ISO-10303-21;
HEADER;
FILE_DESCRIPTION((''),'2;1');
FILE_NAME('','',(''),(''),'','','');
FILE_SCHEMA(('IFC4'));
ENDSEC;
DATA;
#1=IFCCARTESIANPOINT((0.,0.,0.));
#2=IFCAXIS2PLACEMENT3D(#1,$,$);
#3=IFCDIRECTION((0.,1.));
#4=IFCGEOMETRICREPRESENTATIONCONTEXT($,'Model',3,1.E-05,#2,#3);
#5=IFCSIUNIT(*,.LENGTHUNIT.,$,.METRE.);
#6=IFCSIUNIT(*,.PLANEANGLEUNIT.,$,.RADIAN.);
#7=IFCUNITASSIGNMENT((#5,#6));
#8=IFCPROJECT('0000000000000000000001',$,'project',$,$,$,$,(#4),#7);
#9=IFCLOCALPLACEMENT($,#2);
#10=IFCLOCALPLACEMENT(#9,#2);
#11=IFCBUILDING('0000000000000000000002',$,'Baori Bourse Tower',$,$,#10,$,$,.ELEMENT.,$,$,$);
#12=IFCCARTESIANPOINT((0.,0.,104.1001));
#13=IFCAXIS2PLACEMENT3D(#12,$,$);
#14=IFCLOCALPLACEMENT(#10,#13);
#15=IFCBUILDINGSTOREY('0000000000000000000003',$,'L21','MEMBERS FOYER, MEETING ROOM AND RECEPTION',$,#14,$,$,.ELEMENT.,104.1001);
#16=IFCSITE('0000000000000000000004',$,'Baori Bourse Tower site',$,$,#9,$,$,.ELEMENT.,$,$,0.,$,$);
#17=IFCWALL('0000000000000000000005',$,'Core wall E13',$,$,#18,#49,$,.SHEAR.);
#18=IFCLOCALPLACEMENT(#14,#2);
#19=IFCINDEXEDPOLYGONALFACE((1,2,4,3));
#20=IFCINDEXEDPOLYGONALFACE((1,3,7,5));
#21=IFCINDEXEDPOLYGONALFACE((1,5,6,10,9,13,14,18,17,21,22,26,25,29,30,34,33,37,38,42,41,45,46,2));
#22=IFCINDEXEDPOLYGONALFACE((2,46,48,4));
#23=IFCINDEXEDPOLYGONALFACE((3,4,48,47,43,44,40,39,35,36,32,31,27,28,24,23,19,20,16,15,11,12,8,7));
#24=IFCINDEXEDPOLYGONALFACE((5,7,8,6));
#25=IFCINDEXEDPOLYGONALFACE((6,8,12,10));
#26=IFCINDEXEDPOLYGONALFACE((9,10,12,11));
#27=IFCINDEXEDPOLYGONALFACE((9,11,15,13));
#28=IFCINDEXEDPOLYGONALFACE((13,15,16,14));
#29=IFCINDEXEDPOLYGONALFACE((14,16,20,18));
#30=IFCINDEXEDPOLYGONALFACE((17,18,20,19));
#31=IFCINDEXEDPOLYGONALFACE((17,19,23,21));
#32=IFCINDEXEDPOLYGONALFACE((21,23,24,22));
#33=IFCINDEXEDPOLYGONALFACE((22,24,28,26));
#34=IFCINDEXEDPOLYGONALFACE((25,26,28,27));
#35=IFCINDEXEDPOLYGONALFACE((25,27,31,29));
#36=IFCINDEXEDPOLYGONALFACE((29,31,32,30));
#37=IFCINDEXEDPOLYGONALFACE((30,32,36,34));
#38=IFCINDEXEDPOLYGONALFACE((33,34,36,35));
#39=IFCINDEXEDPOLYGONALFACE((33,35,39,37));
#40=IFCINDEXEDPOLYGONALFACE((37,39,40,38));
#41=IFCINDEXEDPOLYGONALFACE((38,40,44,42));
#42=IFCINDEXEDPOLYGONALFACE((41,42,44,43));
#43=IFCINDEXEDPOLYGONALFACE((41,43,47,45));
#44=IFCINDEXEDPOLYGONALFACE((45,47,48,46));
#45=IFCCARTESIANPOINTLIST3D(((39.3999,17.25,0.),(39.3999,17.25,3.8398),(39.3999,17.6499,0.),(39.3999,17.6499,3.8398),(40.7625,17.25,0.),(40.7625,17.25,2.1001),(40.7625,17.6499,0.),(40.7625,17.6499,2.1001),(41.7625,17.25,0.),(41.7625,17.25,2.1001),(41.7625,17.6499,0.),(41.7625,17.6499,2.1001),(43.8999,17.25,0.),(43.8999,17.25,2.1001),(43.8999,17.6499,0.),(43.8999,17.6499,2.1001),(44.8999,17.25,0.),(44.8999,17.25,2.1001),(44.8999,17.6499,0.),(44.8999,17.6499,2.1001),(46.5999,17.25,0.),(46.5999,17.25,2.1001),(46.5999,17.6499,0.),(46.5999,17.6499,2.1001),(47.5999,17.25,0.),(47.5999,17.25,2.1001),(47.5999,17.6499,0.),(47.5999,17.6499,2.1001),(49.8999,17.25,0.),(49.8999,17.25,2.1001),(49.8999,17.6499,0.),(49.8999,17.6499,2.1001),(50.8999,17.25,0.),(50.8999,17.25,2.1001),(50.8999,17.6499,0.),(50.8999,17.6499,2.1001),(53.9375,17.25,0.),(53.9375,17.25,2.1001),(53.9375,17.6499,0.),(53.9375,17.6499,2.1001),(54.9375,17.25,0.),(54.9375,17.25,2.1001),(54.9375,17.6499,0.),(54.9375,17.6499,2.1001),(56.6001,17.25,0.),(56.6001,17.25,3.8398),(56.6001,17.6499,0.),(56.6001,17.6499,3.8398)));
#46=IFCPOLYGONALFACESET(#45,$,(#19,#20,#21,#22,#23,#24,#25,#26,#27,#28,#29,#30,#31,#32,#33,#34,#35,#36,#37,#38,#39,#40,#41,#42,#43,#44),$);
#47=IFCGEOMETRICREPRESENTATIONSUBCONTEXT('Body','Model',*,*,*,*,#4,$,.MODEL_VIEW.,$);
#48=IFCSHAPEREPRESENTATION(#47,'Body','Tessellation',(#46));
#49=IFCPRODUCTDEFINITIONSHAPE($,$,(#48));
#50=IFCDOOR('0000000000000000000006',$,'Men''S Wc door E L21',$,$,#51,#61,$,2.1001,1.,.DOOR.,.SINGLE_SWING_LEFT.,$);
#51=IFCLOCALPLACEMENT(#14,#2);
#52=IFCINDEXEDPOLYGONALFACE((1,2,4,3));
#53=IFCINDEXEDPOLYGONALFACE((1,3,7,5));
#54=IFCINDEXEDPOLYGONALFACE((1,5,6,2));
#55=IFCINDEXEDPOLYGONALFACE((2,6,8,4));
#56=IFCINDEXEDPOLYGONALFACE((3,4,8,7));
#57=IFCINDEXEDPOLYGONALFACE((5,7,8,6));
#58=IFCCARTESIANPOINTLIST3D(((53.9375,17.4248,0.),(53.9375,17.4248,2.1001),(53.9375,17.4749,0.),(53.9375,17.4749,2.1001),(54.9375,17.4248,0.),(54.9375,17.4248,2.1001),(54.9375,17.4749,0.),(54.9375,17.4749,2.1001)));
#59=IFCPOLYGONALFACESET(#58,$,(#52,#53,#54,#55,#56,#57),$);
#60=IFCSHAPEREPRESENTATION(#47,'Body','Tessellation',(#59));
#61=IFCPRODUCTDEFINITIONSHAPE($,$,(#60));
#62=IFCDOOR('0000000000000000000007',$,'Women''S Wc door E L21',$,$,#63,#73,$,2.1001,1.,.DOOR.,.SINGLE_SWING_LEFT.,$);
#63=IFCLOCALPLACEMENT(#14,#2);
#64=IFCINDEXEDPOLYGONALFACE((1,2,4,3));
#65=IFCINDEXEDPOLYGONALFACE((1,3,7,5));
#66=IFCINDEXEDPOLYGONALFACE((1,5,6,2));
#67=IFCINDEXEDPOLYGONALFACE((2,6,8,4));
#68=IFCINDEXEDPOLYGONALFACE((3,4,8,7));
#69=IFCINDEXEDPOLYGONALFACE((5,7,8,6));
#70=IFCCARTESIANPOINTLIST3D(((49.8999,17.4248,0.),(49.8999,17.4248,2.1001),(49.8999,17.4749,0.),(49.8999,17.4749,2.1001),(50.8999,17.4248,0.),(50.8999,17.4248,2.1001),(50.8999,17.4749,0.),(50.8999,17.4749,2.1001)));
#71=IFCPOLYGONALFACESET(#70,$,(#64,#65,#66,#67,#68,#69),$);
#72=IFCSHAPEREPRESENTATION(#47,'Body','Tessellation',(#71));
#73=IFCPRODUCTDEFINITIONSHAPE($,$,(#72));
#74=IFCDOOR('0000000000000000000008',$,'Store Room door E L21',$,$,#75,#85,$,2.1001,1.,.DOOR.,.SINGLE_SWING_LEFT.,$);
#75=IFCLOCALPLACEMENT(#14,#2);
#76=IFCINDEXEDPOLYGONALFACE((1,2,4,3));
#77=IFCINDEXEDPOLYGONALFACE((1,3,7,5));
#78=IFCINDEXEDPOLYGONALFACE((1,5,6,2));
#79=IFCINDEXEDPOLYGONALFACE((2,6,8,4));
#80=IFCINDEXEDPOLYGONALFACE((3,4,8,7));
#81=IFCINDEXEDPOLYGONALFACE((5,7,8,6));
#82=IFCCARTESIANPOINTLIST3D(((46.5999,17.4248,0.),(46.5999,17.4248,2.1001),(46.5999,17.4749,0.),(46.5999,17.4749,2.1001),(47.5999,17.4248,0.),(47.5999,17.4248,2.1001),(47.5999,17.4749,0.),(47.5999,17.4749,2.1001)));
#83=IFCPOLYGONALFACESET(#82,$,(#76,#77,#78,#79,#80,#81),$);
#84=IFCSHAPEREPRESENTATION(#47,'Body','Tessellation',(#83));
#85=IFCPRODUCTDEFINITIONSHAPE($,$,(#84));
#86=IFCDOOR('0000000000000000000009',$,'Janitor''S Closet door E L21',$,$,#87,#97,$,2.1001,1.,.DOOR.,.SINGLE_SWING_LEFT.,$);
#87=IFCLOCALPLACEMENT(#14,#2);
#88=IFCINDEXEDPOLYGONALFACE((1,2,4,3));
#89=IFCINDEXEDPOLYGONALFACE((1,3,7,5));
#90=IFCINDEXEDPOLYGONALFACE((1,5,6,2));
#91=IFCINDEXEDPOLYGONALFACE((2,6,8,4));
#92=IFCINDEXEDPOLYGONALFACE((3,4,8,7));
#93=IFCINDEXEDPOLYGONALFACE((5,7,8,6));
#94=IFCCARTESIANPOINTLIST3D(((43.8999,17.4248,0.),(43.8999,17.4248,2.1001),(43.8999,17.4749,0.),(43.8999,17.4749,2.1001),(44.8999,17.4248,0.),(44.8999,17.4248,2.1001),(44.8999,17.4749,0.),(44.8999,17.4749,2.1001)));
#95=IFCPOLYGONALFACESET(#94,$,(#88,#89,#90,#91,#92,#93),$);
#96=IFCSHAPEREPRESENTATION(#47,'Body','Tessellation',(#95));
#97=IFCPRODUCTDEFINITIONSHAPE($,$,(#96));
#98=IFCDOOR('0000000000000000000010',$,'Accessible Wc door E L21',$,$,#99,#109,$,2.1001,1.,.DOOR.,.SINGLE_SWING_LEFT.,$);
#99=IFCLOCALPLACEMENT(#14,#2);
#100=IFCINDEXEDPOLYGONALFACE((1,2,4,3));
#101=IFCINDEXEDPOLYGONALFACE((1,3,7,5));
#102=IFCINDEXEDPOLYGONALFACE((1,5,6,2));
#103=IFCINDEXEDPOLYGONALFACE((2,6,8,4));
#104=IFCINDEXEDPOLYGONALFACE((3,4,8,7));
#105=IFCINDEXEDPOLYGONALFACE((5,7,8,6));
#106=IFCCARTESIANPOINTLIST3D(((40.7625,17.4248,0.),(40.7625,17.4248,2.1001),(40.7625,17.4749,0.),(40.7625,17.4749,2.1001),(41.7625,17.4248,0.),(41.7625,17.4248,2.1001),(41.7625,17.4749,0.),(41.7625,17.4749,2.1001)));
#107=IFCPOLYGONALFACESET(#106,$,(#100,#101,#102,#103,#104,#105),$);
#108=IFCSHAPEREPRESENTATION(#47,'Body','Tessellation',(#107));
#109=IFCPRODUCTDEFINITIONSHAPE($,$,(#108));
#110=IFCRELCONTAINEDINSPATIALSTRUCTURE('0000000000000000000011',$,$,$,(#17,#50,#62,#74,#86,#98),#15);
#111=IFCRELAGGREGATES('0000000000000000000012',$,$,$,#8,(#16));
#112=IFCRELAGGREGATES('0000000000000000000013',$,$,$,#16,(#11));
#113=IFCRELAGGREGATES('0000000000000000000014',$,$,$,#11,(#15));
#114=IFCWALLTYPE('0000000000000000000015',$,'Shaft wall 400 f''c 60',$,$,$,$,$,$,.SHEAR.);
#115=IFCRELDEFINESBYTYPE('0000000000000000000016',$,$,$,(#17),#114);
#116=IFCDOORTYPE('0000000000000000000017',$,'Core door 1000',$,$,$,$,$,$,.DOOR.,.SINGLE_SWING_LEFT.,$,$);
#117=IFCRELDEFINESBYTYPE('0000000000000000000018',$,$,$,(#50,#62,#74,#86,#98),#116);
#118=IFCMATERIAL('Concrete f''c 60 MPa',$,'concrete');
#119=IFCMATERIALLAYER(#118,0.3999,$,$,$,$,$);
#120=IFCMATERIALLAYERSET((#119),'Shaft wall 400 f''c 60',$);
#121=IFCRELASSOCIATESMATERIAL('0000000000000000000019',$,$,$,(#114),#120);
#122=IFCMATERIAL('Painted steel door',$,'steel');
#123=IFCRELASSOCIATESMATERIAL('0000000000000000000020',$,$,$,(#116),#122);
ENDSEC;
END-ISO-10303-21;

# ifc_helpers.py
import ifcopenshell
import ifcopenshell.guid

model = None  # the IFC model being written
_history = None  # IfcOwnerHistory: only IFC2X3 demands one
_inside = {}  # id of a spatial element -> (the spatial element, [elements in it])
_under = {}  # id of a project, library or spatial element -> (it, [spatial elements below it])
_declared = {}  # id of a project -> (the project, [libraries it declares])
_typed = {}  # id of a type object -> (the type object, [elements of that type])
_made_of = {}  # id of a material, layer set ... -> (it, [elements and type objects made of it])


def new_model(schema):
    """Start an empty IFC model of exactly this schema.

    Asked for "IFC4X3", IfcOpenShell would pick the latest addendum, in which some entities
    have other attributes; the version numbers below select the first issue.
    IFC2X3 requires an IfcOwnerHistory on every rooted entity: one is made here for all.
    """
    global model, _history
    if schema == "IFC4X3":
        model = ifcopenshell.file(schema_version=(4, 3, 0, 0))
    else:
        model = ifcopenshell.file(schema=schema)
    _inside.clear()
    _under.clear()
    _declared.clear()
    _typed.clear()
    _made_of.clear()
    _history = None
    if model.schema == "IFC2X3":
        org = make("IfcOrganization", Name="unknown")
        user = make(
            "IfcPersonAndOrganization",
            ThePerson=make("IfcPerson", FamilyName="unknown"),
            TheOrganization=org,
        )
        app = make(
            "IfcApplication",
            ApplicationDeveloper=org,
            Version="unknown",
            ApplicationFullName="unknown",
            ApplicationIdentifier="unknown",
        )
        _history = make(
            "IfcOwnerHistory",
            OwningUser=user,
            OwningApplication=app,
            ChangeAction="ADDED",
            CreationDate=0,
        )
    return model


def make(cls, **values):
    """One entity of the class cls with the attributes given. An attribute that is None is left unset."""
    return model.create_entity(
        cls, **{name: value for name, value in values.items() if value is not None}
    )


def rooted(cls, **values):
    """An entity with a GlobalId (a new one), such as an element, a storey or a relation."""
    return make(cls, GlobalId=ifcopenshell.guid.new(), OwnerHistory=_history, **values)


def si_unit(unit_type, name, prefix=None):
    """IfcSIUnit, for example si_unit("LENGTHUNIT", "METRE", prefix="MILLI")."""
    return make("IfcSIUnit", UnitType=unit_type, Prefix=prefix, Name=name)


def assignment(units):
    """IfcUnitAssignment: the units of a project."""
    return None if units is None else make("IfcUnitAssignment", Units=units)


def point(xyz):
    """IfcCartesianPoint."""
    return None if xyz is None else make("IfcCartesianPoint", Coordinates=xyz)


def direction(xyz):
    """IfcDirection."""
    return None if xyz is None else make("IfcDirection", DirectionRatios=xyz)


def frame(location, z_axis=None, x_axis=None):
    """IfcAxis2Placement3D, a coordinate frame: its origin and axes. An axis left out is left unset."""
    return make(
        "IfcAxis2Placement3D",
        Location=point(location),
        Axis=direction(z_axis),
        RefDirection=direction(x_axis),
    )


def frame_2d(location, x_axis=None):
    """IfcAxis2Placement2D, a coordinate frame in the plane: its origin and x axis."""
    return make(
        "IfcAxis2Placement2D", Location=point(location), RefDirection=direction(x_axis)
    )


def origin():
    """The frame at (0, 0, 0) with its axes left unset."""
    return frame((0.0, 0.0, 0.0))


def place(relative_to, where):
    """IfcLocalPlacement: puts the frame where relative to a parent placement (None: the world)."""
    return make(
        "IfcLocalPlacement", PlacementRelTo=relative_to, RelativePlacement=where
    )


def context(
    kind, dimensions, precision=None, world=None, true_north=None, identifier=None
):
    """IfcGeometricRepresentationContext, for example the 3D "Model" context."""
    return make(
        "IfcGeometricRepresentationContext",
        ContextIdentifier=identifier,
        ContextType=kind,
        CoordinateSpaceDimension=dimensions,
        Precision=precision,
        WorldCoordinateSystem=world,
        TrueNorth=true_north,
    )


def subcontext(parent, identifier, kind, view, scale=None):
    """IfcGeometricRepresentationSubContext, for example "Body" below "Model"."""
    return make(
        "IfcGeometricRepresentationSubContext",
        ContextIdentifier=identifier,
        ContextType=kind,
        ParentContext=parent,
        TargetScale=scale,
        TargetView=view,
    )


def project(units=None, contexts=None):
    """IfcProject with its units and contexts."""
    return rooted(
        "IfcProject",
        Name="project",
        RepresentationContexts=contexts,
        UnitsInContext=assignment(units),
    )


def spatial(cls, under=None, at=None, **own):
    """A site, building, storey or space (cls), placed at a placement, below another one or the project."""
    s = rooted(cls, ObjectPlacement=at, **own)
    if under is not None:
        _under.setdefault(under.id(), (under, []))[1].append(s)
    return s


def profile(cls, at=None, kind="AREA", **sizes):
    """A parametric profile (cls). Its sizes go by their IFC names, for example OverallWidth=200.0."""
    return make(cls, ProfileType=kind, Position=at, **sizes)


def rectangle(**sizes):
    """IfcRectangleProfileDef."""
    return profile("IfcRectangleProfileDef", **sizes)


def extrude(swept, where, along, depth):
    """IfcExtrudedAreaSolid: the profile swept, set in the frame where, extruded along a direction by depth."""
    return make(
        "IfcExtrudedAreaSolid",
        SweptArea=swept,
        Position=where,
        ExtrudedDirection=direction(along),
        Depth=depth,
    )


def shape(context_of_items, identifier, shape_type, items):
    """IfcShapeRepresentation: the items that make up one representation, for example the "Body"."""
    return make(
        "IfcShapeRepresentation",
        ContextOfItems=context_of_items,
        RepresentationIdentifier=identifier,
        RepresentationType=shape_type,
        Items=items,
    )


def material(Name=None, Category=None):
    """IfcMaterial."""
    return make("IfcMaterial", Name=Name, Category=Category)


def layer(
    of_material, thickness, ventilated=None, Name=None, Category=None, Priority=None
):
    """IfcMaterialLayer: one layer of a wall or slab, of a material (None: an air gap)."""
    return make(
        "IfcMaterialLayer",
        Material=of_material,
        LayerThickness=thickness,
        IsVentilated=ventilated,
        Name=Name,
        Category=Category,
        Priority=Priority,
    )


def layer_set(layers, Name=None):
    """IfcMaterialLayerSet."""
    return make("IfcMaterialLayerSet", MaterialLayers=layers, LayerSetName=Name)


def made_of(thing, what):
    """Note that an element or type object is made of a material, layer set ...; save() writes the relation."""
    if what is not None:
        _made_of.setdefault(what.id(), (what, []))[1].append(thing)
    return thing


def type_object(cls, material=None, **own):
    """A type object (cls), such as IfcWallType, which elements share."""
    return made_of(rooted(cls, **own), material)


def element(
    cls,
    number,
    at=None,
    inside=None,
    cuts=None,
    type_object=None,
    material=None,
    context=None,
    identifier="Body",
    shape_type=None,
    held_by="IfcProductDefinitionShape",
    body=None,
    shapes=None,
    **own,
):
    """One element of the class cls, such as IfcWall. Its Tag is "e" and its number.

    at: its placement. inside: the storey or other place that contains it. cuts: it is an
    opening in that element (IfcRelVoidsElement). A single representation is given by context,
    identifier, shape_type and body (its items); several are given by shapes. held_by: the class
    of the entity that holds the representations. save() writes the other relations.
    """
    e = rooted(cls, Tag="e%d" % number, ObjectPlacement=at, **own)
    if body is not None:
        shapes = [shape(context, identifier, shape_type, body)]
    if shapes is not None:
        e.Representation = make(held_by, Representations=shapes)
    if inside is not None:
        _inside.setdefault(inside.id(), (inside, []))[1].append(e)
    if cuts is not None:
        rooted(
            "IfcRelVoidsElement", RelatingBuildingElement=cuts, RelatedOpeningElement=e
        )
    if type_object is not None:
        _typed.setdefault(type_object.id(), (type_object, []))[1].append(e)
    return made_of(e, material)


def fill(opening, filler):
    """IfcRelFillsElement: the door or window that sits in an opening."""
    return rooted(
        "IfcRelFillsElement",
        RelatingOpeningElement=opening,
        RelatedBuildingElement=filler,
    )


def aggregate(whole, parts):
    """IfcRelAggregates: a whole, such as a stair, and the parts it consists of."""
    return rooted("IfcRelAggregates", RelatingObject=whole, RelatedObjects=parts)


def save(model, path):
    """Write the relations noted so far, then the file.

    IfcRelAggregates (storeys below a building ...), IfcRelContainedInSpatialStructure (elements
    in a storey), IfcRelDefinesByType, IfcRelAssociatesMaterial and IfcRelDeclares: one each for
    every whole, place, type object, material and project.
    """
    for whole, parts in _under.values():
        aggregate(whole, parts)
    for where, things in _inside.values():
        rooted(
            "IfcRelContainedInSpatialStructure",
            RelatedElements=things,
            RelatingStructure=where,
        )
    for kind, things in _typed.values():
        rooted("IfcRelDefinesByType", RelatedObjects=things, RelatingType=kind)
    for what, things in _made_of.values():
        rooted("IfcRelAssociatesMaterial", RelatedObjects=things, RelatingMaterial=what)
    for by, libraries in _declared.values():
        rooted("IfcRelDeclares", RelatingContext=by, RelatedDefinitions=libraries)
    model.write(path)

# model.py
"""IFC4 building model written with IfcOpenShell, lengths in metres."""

from ifc_helpers import new_model, si_unit, direction, frame, frame_2d, origin, place, context, subcontext, project, spatial, rectangle, extrude, material, layer, layer_set, type_object, element, fill, save


model = new_model("IFC4")

# Units and contexts
model_context = context("Model", 3, precision=1e-05, world=origin(), true_north=direction((0.0, 1.0)))
body_context = subcontext(model_context, "Body", "Model", "MODEL_VIEW")
ifc_project = project(units=[si_unit("LENGTHUNIT", "METRE"), si_unit("PLANEANGLEUNIT", "RADIAN")], contexts=[model_context])

# Site, building, storey
site_placement = place(None, origin())
site = spatial("IfcSite", under=ifc_project, at=site_placement, Name="Baori Bourse Tower site", CompositionType="ELEMENT", RefElevation=0.0)
building_placement = place(site_placement, origin())
building = spatial("IfcBuilding", under=site, at=building_placement, Name="Baori Bourse Tower", CompositionType="ELEMENT")
storey_placement = place(building_placement, frame((0.0, 0.0, 104.1001)))
storey = spatial("IfcBuildingStorey", under=building, at=storey_placement, Name="L21", Description="MEMBERS FOYER, MEETING ROOM AND RECEPTION", CompositionType="ELEMENT", Elevation=104.1001)

# Shared definitions
ifc_material_1 = material(Name="Concrete f'c 60 MPa", Category="concrete")
ifc_layer_1 = layer(ifc_material_1, 0.3999)
ifc_layer_set_1 = layer_set([ifc_layer_1], Name="Shaft wall 400 f'c 60")
wall_type_1 = type_object("IfcWallType", Name="Shaft wall 400 f'c 60", PredefinedType="SHEAR", material=ifc_layer_set_1)

# Wall, openings, doors
wall_1_placement = place(storey_placement, frame((39.3999, 17.45, 0.0), z_axis=(0.0, 0.0, 1.0), x_axis=(1.0, 0.0, 0.0)))
wall_1 = element("IfcWall", 1, at=wall_1_placement, inside=storey, type_object=wall_type_1, Name="Core wall E13", PredefinedType="SHEAR", context=body_context, shape_type="SweptSolid", body=[
    extrude(rectangle(XDim=17.2002, YDim=0.3999, at=frame_2d((8.6001, 0.0))), origin(), (0.0, 0.0, 1.0), 3.8398),
])
opening_1_placement = place(wall_1_placement, frame((14.5376, 0.0, 0.0)))
opening_1 = element("IfcOpeningElement", 2, at=opening_1_placement, cuts=wall_1, PredefinedType="OPENING", context=body_context, shape_type="SweptSolid", body=[
    extrude(rectangle(XDim=1.0, YDim=2.1001, at=frame_2d((0.5, 1.05))), frame((0.0, 0.21, 0.0), z_axis=(0.0, -1.0, 0.0), x_axis=(1.0, 0.0, 0.0)), (0.0, 0.0, 1.0), 0.4199),
])
opening_2_placement = place(wall_1_placement, frame((10.5, 0.0, 0.0)))
opening_2 = element("IfcOpeningElement", 3, at=opening_2_placement, cuts=wall_1, PredefinedType="OPENING", context=body_context, shape_type="SweptSolid", body=[
    extrude(rectangle(XDim=1.0, YDim=2.1001, at=frame_2d((0.5, 1.05))), frame((0.0, 0.21, 0.0), z_axis=(0.0, -1.0, 0.0), x_axis=(1.0, 0.0, 0.0)), (0.0, 0.0, 1.0), 0.4199),
])
opening_3_placement = place(wall_1_placement, frame((7.2, 0.0, 0.0)))
opening_3 = element("IfcOpeningElement", 4, at=opening_3_placement, cuts=wall_1, PredefinedType="OPENING", context=body_context, shape_type="SweptSolid", body=[
    extrude(rectangle(XDim=1.0, YDim=2.1001, at=frame_2d((0.5, 1.05))), frame((0.0, 0.21, 0.0), z_axis=(0.0, -1.0, 0.0), x_axis=(1.0, 0.0, 0.0)), (0.0, 0.0, 1.0), 0.4199),
])
opening_4_placement = place(wall_1_placement, frame((4.5, 0.0, 0.0)))
opening_4 = element("IfcOpeningElement", 5, at=opening_4_placement, cuts=wall_1, PredefinedType="OPENING", context=body_context, shape_type="SweptSolid", body=[
    extrude(rectangle(XDim=1.0, YDim=2.1001, at=frame_2d((0.5, 1.05))), frame((0.0, 0.21, 0.0), z_axis=(0.0, -1.0, 0.0), x_axis=(1.0, 0.0, 0.0)), (0.0, 0.0, 1.0), 0.4199),
])
opening_5_placement = place(wall_1_placement, frame((1.3625, 0.0, 0.0)))
opening_5 = element("IfcOpeningElement", 6, at=opening_5_placement, cuts=wall_1, PredefinedType="OPENING", context=body_context, shape_type="SweptSolid", body=[
    extrude(rectangle(XDim=1.0, YDim=2.1001, at=frame_2d((0.5, 1.05))), frame((0.0, 0.21, 0.0), z_axis=(0.0, -1.0, 0.0), x_axis=(1.0, 0.0, 0.0)), (0.0, 0.0, 1.0), 0.4199),
])
ifc_material_2 = material(Name="Painted steel door", Category="steel")
door_type_1 = type_object("IfcDoorType", Name="Core door 1000", OperationType="SINGLE_SWING_LEFT", PredefinedType="DOOR", material=ifc_material_2)
door_1_placement = place(opening_1_placement, origin())
door_1 = element("IfcDoor", 7, at=door_1_placement, inside=storey, type_object=door_type_1, Name="Men'S Wc door E L21", OperationType="SINGLE_SWING_LEFT", OverallHeight=2.1001, OverallWidth=1.0, PredefinedType="DOOR", context=body_context, shape_type="SweptSolid", body=[
    extrude(rectangle(XDim=1.0, YDim=2.1001, at=frame_2d((0.5, 1.05))), frame((0.0, 0.0249, 0.0), z_axis=(0.0, -1.0, 0.0), x_axis=(1.0, 0.0, 0.0)), (0.0, 0.0, 1.0), 0.05),
])
fill(opening_1, door_1)
door_2_placement = place(opening_2_placement, origin())
door_2 = element("IfcDoor", 8, at=door_2_placement, inside=storey, type_object=door_type_1, Name="Women'S Wc door E L21", OperationType="SINGLE_SWING_LEFT", OverallHeight=2.1001, OverallWidth=1.0, PredefinedType="DOOR", context=body_context, shape_type="SweptSolid", body=[
    extrude(rectangle(XDim=1.0, YDim=2.1001, at=frame_2d((0.5, 1.05))), frame((0.0, 0.0249, 0.0), z_axis=(0.0, -1.0, 0.0), x_axis=(1.0, 0.0, 0.0)), (0.0, 0.0, 1.0), 0.05),
])
fill(opening_2, door_2)
door_3_placement = place(opening_3_placement, origin())
door_3 = element("IfcDoor", 9, at=door_3_placement, inside=storey, type_object=door_type_1, Name="Store Room door E L21", OperationType="SINGLE_SWING_LEFT", OverallHeight=2.1001, OverallWidth=1.0, PredefinedType="DOOR", context=body_context, shape_type="SweptSolid", body=[
    extrude(rectangle(XDim=1.0, YDim=2.1001, at=frame_2d((0.5, 1.05))), frame((0.0, 0.0249, 0.0), z_axis=(0.0, -1.0, 0.0), x_axis=(1.0, 0.0, 0.0)), (0.0, 0.0, 1.0), 0.05),
])
fill(opening_3, door_3)
door_4_placement = place(opening_4_placement, origin())
door_4 = element("IfcDoor", 10, at=door_4_placement, inside=storey, type_object=door_type_1, Name="Janitor'S Closet door E L21", OperationType="SINGLE_SWING_LEFT", OverallHeight=2.1001, OverallWidth=1.0, PredefinedType="DOOR", context=body_context, shape_type="SweptSolid", body=[
    extrude(rectangle(XDim=1.0, YDim=2.1001, at=frame_2d((0.5, 1.05))), frame((0.0, 0.0249, 0.0), z_axis=(0.0, -1.0, 0.0), x_axis=(1.0, 0.0, 0.0)), (0.0, 0.0, 1.0), 0.05),
])
fill(opening_4, door_4)
door_5_placement = place(opening_5_placement, origin())
door_5 = element("IfcDoor", 11, at=door_5_placement, inside=storey, type_object=door_type_1, Name="Accessible Wc door E L21", OperationType="SINGLE_SWING_LEFT", OverallHeight=2.1001, OverallWidth=1.0, PredefinedType="DOOR", context=body_context, shape_type="SweptSolid", body=[
    extrude(rectangle(XDim=1.0, YDim=2.1001, at=frame_2d((0.5, 1.05))), frame((0.0, 0.0249, 0.0), z_axis=(0.0, -1.0, 0.0), x_axis=(1.0, 0.0, 0.0)), (0.0, 0.0, 1.0), 0.05),
])
fill(opening_5, door_5)

save(model, "model.ifc")
